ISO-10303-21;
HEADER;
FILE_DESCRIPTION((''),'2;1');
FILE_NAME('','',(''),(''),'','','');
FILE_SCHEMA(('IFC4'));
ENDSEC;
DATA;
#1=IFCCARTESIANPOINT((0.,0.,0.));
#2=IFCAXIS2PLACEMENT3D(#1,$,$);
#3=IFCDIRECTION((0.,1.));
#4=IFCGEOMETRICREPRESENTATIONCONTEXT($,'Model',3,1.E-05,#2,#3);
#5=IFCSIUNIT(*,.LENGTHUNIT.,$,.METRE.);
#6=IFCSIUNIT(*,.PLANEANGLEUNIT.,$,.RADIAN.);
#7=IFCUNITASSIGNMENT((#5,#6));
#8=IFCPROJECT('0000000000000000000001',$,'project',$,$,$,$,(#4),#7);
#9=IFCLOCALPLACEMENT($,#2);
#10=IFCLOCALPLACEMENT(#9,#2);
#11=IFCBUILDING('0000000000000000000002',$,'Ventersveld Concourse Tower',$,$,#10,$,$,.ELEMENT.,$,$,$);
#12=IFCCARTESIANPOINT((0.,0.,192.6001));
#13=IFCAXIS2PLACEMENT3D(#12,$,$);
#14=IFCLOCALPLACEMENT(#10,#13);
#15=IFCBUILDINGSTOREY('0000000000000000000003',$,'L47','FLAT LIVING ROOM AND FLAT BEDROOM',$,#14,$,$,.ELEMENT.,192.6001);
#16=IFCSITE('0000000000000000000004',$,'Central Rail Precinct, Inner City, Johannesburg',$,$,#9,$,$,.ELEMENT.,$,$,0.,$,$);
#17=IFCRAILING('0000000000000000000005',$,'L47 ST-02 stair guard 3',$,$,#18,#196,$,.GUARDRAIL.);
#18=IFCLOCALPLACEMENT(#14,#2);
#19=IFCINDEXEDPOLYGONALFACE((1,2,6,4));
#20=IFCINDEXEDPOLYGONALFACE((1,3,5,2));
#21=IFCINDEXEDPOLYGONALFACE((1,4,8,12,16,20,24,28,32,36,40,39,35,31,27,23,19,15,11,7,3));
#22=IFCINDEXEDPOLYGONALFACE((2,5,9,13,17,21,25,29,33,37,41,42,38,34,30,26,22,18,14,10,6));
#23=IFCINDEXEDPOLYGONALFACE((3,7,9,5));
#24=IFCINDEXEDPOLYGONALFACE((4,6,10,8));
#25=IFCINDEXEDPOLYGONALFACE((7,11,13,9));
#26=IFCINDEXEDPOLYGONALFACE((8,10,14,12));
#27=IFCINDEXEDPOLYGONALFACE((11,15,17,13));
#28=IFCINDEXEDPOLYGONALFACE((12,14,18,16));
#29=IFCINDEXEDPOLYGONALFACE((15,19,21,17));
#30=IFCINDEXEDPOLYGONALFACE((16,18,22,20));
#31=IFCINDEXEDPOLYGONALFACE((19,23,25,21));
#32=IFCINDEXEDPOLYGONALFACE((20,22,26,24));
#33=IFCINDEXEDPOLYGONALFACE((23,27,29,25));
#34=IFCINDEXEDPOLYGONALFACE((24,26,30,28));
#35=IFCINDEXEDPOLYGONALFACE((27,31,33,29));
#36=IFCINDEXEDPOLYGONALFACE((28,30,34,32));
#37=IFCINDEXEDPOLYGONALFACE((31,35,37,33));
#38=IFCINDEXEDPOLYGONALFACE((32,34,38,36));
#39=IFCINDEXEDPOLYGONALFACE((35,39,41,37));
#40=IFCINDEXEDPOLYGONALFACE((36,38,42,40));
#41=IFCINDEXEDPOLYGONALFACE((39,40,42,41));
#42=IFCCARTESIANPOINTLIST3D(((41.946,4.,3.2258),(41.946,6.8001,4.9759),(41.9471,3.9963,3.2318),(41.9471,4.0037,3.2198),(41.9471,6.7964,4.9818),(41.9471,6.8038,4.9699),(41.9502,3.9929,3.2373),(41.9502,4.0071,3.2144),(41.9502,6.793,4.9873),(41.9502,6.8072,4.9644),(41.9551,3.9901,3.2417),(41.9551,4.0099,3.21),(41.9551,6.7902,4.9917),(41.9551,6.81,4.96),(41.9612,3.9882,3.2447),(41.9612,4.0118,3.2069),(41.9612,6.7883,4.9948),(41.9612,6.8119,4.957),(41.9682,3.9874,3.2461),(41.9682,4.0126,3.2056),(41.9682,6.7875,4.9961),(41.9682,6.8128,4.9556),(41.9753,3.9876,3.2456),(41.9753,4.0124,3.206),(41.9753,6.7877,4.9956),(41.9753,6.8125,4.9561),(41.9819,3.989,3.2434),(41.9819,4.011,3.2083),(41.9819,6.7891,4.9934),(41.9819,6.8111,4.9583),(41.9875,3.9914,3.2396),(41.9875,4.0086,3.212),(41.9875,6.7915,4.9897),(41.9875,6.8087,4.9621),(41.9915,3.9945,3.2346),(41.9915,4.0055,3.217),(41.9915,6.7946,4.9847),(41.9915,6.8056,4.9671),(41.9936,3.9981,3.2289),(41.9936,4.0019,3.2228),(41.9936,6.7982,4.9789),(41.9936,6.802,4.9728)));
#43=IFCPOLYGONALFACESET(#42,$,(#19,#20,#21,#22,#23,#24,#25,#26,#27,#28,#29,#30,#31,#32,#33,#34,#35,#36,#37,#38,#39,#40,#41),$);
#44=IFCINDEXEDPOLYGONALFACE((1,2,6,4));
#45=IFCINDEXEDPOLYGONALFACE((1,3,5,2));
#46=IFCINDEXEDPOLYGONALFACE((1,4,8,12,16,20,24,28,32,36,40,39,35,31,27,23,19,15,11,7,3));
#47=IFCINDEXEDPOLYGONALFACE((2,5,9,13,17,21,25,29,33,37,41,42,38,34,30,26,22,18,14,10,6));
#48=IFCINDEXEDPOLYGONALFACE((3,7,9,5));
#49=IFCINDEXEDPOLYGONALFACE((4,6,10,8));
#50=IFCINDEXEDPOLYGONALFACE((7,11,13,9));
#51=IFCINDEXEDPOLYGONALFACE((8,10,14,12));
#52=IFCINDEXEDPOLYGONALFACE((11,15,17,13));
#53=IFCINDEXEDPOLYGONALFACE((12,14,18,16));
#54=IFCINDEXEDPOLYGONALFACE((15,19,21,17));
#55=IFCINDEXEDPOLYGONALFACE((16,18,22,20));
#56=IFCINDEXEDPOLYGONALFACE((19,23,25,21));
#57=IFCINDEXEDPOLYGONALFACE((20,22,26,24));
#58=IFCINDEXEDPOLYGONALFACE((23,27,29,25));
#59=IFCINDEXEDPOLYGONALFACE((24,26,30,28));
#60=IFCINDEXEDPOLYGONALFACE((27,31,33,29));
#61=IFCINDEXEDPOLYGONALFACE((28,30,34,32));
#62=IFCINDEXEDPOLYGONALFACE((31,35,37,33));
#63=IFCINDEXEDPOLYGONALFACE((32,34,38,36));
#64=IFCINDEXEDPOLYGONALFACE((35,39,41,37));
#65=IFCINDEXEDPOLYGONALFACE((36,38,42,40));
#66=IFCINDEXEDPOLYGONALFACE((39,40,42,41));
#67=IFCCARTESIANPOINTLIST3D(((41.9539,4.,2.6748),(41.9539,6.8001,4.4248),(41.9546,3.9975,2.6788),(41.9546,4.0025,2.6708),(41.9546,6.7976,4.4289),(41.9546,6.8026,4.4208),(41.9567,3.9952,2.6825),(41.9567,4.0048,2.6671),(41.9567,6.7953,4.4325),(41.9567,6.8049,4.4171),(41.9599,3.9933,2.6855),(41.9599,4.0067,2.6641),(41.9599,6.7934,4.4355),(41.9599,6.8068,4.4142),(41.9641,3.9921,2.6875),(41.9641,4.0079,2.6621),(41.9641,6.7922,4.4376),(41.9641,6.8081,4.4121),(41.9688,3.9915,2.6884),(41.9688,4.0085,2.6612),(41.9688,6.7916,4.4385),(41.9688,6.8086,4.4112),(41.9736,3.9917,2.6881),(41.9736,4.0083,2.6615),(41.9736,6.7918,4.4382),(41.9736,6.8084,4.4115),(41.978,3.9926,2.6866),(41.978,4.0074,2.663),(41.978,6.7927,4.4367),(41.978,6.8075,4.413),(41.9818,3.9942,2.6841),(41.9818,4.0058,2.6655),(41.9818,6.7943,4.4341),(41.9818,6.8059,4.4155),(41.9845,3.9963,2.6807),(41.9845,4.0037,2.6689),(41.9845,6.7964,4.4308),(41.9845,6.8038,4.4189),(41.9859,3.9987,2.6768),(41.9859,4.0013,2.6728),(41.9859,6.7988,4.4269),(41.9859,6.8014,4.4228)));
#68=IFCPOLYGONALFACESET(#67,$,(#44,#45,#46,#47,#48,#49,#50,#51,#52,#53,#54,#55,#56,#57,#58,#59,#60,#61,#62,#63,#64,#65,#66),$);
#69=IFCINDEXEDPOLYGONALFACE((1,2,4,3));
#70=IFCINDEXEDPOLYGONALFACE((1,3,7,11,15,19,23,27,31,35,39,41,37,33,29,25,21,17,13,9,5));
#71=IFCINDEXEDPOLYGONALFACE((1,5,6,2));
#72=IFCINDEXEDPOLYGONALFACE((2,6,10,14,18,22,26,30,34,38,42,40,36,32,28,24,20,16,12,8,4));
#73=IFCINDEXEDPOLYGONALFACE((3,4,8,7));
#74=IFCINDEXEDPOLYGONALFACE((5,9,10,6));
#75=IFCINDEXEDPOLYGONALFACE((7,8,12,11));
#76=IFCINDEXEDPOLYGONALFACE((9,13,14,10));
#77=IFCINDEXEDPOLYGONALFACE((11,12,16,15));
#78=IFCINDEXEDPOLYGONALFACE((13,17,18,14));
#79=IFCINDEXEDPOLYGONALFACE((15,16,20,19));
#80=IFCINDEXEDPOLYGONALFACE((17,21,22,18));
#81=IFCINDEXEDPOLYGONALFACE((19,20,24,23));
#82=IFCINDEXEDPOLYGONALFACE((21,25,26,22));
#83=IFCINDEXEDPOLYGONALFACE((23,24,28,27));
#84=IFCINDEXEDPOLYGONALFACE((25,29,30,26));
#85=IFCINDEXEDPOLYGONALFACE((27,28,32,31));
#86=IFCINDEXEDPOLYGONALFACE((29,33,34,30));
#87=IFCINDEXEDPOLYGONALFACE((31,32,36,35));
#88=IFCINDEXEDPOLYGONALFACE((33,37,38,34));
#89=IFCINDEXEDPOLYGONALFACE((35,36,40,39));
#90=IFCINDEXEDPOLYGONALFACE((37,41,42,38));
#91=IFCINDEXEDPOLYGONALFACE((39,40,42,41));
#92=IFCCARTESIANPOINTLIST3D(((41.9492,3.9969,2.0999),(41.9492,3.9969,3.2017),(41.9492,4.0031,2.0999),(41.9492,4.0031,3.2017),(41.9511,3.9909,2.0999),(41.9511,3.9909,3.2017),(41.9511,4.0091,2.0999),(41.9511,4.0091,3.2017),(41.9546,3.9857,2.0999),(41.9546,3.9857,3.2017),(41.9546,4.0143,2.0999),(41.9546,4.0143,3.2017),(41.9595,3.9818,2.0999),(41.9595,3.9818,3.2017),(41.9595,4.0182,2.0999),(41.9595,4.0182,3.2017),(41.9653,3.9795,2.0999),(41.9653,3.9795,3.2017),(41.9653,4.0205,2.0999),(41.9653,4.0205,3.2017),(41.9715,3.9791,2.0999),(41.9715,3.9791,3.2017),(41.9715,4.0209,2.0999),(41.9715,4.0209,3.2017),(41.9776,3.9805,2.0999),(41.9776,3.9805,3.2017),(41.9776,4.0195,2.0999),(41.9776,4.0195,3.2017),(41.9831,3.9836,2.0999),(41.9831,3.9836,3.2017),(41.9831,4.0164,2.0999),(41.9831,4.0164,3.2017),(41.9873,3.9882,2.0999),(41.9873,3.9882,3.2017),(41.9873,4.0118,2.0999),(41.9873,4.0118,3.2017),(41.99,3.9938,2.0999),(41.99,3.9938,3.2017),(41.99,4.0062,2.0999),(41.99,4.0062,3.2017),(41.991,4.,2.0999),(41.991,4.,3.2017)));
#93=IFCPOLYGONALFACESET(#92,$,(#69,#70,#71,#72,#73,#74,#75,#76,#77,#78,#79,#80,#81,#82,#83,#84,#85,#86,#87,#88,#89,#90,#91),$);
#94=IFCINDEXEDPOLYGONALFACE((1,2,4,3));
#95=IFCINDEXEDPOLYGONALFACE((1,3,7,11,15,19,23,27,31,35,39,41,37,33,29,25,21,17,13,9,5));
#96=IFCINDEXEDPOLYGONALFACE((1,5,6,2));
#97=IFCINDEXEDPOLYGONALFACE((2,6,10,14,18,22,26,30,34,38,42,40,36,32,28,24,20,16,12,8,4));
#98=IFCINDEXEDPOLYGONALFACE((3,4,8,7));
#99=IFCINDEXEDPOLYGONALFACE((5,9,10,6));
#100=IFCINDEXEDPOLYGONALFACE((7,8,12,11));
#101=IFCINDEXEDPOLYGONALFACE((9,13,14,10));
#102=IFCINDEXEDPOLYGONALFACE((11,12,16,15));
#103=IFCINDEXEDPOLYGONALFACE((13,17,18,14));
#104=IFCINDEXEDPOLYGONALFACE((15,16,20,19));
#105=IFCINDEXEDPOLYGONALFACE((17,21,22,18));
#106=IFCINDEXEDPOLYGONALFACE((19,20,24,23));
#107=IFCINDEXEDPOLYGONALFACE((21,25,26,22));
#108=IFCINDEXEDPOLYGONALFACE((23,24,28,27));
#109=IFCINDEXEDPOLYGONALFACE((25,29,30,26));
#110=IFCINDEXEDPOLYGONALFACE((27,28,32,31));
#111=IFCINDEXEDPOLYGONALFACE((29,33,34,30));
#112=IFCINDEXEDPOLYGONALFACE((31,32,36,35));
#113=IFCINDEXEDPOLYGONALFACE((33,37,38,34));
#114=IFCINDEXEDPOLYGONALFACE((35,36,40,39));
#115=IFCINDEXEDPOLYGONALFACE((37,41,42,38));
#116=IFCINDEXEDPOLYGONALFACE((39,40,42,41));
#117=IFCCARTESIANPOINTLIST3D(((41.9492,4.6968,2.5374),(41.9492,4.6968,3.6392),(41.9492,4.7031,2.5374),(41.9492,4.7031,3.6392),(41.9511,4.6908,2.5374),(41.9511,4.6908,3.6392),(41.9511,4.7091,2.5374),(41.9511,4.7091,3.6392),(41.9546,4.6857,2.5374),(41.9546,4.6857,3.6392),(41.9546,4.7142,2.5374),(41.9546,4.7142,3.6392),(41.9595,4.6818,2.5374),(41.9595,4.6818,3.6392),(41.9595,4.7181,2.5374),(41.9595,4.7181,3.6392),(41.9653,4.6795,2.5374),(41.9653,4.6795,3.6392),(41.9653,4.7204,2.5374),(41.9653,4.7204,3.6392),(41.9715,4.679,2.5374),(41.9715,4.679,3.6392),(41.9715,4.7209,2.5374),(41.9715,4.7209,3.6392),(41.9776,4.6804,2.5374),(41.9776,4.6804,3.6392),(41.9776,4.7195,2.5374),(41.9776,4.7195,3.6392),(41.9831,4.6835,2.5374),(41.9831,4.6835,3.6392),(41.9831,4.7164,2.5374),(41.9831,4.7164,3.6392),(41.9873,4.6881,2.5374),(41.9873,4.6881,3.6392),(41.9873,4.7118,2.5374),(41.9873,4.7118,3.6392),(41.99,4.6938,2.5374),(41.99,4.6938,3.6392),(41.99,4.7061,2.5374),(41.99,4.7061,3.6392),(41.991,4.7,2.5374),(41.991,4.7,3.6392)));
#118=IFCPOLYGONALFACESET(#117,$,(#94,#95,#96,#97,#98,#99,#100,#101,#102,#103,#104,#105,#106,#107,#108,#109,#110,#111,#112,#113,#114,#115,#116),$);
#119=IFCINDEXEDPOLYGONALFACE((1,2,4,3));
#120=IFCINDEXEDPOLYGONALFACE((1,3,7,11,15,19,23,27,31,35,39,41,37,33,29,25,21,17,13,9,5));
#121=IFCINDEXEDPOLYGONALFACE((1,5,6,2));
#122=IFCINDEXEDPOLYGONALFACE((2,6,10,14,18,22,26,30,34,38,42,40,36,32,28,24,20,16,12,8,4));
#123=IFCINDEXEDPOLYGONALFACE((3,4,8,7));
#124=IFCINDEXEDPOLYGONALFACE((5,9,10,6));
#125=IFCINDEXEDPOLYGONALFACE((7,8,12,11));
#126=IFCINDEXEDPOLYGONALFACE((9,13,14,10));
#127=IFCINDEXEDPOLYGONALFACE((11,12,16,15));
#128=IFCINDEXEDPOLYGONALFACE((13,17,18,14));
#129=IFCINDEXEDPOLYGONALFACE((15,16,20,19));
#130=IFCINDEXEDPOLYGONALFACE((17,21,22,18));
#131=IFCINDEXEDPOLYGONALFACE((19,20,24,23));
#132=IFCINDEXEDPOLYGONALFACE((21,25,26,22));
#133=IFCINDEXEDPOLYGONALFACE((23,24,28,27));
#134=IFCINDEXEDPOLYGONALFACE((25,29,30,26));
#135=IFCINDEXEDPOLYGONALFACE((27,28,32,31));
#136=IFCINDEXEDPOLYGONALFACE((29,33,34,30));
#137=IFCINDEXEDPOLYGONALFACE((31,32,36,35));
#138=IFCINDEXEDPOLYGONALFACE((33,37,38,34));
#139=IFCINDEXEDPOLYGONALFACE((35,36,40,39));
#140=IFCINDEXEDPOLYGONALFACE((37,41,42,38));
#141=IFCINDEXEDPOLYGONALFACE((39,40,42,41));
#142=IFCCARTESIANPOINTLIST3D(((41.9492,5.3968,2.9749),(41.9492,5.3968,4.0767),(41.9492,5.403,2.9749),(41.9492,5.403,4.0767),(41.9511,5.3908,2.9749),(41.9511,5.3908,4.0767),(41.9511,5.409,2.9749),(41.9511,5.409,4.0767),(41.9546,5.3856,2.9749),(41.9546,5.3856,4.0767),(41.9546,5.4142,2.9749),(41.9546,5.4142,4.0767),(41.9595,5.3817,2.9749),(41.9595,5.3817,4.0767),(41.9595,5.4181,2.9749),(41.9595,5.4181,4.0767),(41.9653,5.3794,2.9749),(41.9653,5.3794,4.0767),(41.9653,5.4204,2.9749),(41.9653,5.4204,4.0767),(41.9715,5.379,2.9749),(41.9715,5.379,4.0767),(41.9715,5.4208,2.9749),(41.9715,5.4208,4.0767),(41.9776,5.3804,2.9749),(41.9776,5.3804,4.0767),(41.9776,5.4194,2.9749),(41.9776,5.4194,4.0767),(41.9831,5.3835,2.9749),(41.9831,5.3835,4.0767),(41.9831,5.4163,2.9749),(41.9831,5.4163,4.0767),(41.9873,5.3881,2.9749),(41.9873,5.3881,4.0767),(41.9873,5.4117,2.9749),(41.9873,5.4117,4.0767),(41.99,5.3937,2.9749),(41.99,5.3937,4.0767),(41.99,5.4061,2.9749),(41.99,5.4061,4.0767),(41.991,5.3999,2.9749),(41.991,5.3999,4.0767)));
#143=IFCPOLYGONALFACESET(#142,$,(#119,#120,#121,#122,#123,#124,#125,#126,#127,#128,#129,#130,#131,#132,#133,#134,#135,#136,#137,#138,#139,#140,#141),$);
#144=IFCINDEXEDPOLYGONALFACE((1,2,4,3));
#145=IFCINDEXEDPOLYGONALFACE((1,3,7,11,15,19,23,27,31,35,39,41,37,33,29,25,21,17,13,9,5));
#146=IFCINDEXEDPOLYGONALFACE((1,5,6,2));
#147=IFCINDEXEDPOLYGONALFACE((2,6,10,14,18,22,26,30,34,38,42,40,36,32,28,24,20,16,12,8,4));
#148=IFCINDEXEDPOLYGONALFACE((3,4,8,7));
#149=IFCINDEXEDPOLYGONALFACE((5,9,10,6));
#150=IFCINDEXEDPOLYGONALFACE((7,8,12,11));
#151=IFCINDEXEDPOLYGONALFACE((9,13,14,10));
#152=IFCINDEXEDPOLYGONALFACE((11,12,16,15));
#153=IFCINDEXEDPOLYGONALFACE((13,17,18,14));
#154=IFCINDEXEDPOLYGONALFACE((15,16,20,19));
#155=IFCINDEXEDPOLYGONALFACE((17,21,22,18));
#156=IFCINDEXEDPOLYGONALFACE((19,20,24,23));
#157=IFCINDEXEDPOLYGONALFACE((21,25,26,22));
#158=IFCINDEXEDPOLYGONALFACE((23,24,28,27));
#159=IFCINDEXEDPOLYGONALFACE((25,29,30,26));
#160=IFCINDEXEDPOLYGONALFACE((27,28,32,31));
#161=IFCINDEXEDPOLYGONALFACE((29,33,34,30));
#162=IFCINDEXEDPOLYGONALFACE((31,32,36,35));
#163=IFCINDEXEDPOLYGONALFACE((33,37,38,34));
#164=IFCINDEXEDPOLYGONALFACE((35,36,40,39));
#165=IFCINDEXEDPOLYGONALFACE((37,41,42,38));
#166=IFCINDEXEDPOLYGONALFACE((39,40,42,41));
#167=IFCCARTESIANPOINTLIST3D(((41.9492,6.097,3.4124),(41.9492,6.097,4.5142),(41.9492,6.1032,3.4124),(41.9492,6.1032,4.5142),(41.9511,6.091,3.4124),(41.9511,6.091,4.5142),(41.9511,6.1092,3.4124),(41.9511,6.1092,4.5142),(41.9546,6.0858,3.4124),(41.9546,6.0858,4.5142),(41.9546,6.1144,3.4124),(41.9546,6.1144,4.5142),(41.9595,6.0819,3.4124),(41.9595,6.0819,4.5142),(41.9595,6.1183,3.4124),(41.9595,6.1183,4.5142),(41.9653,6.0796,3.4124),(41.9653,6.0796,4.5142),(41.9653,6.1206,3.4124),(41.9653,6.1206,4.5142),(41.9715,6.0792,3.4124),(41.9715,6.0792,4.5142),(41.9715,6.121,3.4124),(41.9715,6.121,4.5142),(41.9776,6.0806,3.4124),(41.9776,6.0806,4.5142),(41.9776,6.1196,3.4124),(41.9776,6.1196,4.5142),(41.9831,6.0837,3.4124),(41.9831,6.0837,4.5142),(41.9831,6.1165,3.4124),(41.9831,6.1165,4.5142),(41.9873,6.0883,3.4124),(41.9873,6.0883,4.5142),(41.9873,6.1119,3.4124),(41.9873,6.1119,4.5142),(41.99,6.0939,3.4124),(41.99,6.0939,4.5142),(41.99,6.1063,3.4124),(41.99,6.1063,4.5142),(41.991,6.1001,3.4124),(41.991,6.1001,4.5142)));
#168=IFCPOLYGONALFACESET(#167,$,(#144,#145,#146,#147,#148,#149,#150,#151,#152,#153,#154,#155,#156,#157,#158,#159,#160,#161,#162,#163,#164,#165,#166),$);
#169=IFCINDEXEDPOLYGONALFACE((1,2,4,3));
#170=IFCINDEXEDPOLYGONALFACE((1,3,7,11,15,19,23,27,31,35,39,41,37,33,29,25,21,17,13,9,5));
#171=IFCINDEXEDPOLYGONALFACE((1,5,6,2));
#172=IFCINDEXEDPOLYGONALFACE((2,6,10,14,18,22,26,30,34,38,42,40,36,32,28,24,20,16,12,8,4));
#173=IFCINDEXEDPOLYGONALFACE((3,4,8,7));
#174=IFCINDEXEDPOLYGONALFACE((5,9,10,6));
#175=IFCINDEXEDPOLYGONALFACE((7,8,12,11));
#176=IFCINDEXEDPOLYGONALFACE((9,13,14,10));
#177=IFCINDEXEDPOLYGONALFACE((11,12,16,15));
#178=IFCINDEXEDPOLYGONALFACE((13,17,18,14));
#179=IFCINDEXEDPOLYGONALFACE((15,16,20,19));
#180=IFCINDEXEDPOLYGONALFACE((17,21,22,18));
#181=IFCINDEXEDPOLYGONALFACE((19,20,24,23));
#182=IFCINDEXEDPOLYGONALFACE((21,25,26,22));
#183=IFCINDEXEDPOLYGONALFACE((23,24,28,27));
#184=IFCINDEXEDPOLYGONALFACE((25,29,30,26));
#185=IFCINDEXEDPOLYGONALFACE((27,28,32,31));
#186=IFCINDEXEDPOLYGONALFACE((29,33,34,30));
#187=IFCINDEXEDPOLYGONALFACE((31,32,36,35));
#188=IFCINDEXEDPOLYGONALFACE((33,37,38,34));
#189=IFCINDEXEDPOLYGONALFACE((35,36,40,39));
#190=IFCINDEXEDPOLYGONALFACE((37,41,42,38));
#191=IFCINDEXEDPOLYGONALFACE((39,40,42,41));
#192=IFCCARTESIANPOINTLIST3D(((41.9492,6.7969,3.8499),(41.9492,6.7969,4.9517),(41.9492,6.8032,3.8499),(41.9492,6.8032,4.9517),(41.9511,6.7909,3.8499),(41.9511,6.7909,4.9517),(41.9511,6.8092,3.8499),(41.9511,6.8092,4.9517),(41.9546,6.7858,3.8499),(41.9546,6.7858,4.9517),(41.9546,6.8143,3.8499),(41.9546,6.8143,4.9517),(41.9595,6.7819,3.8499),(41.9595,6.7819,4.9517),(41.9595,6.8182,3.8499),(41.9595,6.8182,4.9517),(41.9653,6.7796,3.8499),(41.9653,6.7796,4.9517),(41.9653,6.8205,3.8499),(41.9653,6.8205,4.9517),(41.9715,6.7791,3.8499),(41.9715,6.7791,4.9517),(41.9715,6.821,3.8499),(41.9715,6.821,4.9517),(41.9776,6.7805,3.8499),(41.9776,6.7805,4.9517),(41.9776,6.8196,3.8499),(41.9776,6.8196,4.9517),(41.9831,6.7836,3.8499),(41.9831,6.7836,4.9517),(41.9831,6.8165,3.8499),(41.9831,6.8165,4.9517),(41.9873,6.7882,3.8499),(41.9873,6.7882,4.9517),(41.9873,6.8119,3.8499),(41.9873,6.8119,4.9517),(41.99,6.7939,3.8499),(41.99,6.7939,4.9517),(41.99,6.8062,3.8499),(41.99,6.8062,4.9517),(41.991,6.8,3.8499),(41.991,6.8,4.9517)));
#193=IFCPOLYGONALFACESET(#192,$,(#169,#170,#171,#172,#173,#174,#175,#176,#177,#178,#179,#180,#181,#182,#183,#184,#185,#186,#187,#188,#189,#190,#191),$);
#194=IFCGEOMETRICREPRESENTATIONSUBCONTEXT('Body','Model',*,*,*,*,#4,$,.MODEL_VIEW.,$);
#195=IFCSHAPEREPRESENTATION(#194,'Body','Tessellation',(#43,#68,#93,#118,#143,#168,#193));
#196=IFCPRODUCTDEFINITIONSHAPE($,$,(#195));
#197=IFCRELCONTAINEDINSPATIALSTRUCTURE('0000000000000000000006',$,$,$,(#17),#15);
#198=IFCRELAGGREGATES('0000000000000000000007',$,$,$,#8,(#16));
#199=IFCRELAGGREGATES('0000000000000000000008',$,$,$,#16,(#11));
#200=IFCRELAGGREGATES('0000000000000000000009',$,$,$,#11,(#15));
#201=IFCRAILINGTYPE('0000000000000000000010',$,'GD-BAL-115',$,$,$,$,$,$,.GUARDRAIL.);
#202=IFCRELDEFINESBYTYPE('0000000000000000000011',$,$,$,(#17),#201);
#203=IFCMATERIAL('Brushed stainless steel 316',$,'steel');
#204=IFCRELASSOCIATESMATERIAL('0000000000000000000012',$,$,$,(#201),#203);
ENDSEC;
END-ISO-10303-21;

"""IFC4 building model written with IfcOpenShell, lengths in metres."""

from ifc_helpers import new_model, si_unit, direction, frame, origin, origin_2d, place, context, subcontext, project, spatial, circle, extrude, material, type_object, element, save


model = new_model("IFC4")

# Units and contexts
model_context = context("Model", 3, precision=1e-05, world=origin(), true_north=direction((0.0, 1.0)))
body_context = subcontext(model_context, "Body", "Model", "MODEL_VIEW")
ifc_project = project(units=[si_unit("LENGTHUNIT", "METRE"), si_unit("PLANEANGLEUNIT", "RADIAN")], contexts=[model_context])

# Site, building, storey
site_placement = place(None, origin())
site = spatial("IfcSite", under=ifc_project, at=site_placement, Name="Central Rail Precinct, Inner City, Johannesburg", CompositionType="ELEMENT", RefElevation=0.0)
building_placement = place(site_placement, origin())
building = spatial("IfcBuilding", under=site, at=building_placement, Name="Ventersveld Concourse Tower", CompositionType="ELEMENT")
storey_placement = place(building_placement, frame((0.0, 0.0, 192.6001)))
storey = spatial("IfcBuildingStorey", under=building, at=storey_placement, Name="L47", Description="FLAT LIVING ROOM AND FLAT BEDROOM", CompositionType="ELEMENT", Elevation=192.6001)

# Railing
ifc_material_1 = material(Name="Brushed stainless steel 316", Category="steel")
railing_type_1 = type_object("IfcRailingType", Name="GD-BAL-115", PredefinedType="GUARDRAIL", material=ifc_material_1)
railing_1_placement = place(storey_placement, frame((41.97, 4.0, 2.0999)))
element("IfcRailing", 1, at=railing_1_placement, inside=storey, type_object=railing_type_1, Name="L47 ST-02 stair guard 3", PredefinedType="GUARDRAIL", context=body_context, shape_type="SweptSolid", body=[
    extrude(circle(Radius=0.0239, at=origin_2d()), frame((0.0, 0.0, 1.126), z_axis=(0.0, 0.848002, 0.529992), x_axis=(-1.0, 0.0, 0.0)), (0.0, 0.0, 1.0), 3.302),
    extrude(circle(Radius=0.0161, at=origin_2d()), frame((0.0, 0.0, 0.575), z_axis=(0.0, 0.848002, 0.529992), x_axis=(-1.0, 0.0, 0.0)), (0.0, 0.0, 1.0), 3.302),
    extrude(circle(Radius=0.021, at=origin_2d()), origin(), (0.0, 0.0, 1.0), 1.1018),
    extrude(circle(Radius=0.021, at=origin_2d()), frame((0.0, 0.7, 0.4375)), (0.0, 0.0, 1.0), 1.1018),
    extrude(circle(Radius=0.021, at=origin_2d()), frame((0.0, 1.3999, 0.875)), (0.0, 0.0, 1.0), 1.1018),
    extrude(circle(Radius=0.021, at=origin_2d()), frame((0.0, 2.1001, 1.3125)), (0.0, 0.0, 1.0), 1.1018),
    extrude(circle(Radius=0.021, at=origin_2d()), frame((0.0, 2.8, 1.75)), (0.0, 0.0, 1.0), 1.1018),
])

save(model, "model.ifc")
